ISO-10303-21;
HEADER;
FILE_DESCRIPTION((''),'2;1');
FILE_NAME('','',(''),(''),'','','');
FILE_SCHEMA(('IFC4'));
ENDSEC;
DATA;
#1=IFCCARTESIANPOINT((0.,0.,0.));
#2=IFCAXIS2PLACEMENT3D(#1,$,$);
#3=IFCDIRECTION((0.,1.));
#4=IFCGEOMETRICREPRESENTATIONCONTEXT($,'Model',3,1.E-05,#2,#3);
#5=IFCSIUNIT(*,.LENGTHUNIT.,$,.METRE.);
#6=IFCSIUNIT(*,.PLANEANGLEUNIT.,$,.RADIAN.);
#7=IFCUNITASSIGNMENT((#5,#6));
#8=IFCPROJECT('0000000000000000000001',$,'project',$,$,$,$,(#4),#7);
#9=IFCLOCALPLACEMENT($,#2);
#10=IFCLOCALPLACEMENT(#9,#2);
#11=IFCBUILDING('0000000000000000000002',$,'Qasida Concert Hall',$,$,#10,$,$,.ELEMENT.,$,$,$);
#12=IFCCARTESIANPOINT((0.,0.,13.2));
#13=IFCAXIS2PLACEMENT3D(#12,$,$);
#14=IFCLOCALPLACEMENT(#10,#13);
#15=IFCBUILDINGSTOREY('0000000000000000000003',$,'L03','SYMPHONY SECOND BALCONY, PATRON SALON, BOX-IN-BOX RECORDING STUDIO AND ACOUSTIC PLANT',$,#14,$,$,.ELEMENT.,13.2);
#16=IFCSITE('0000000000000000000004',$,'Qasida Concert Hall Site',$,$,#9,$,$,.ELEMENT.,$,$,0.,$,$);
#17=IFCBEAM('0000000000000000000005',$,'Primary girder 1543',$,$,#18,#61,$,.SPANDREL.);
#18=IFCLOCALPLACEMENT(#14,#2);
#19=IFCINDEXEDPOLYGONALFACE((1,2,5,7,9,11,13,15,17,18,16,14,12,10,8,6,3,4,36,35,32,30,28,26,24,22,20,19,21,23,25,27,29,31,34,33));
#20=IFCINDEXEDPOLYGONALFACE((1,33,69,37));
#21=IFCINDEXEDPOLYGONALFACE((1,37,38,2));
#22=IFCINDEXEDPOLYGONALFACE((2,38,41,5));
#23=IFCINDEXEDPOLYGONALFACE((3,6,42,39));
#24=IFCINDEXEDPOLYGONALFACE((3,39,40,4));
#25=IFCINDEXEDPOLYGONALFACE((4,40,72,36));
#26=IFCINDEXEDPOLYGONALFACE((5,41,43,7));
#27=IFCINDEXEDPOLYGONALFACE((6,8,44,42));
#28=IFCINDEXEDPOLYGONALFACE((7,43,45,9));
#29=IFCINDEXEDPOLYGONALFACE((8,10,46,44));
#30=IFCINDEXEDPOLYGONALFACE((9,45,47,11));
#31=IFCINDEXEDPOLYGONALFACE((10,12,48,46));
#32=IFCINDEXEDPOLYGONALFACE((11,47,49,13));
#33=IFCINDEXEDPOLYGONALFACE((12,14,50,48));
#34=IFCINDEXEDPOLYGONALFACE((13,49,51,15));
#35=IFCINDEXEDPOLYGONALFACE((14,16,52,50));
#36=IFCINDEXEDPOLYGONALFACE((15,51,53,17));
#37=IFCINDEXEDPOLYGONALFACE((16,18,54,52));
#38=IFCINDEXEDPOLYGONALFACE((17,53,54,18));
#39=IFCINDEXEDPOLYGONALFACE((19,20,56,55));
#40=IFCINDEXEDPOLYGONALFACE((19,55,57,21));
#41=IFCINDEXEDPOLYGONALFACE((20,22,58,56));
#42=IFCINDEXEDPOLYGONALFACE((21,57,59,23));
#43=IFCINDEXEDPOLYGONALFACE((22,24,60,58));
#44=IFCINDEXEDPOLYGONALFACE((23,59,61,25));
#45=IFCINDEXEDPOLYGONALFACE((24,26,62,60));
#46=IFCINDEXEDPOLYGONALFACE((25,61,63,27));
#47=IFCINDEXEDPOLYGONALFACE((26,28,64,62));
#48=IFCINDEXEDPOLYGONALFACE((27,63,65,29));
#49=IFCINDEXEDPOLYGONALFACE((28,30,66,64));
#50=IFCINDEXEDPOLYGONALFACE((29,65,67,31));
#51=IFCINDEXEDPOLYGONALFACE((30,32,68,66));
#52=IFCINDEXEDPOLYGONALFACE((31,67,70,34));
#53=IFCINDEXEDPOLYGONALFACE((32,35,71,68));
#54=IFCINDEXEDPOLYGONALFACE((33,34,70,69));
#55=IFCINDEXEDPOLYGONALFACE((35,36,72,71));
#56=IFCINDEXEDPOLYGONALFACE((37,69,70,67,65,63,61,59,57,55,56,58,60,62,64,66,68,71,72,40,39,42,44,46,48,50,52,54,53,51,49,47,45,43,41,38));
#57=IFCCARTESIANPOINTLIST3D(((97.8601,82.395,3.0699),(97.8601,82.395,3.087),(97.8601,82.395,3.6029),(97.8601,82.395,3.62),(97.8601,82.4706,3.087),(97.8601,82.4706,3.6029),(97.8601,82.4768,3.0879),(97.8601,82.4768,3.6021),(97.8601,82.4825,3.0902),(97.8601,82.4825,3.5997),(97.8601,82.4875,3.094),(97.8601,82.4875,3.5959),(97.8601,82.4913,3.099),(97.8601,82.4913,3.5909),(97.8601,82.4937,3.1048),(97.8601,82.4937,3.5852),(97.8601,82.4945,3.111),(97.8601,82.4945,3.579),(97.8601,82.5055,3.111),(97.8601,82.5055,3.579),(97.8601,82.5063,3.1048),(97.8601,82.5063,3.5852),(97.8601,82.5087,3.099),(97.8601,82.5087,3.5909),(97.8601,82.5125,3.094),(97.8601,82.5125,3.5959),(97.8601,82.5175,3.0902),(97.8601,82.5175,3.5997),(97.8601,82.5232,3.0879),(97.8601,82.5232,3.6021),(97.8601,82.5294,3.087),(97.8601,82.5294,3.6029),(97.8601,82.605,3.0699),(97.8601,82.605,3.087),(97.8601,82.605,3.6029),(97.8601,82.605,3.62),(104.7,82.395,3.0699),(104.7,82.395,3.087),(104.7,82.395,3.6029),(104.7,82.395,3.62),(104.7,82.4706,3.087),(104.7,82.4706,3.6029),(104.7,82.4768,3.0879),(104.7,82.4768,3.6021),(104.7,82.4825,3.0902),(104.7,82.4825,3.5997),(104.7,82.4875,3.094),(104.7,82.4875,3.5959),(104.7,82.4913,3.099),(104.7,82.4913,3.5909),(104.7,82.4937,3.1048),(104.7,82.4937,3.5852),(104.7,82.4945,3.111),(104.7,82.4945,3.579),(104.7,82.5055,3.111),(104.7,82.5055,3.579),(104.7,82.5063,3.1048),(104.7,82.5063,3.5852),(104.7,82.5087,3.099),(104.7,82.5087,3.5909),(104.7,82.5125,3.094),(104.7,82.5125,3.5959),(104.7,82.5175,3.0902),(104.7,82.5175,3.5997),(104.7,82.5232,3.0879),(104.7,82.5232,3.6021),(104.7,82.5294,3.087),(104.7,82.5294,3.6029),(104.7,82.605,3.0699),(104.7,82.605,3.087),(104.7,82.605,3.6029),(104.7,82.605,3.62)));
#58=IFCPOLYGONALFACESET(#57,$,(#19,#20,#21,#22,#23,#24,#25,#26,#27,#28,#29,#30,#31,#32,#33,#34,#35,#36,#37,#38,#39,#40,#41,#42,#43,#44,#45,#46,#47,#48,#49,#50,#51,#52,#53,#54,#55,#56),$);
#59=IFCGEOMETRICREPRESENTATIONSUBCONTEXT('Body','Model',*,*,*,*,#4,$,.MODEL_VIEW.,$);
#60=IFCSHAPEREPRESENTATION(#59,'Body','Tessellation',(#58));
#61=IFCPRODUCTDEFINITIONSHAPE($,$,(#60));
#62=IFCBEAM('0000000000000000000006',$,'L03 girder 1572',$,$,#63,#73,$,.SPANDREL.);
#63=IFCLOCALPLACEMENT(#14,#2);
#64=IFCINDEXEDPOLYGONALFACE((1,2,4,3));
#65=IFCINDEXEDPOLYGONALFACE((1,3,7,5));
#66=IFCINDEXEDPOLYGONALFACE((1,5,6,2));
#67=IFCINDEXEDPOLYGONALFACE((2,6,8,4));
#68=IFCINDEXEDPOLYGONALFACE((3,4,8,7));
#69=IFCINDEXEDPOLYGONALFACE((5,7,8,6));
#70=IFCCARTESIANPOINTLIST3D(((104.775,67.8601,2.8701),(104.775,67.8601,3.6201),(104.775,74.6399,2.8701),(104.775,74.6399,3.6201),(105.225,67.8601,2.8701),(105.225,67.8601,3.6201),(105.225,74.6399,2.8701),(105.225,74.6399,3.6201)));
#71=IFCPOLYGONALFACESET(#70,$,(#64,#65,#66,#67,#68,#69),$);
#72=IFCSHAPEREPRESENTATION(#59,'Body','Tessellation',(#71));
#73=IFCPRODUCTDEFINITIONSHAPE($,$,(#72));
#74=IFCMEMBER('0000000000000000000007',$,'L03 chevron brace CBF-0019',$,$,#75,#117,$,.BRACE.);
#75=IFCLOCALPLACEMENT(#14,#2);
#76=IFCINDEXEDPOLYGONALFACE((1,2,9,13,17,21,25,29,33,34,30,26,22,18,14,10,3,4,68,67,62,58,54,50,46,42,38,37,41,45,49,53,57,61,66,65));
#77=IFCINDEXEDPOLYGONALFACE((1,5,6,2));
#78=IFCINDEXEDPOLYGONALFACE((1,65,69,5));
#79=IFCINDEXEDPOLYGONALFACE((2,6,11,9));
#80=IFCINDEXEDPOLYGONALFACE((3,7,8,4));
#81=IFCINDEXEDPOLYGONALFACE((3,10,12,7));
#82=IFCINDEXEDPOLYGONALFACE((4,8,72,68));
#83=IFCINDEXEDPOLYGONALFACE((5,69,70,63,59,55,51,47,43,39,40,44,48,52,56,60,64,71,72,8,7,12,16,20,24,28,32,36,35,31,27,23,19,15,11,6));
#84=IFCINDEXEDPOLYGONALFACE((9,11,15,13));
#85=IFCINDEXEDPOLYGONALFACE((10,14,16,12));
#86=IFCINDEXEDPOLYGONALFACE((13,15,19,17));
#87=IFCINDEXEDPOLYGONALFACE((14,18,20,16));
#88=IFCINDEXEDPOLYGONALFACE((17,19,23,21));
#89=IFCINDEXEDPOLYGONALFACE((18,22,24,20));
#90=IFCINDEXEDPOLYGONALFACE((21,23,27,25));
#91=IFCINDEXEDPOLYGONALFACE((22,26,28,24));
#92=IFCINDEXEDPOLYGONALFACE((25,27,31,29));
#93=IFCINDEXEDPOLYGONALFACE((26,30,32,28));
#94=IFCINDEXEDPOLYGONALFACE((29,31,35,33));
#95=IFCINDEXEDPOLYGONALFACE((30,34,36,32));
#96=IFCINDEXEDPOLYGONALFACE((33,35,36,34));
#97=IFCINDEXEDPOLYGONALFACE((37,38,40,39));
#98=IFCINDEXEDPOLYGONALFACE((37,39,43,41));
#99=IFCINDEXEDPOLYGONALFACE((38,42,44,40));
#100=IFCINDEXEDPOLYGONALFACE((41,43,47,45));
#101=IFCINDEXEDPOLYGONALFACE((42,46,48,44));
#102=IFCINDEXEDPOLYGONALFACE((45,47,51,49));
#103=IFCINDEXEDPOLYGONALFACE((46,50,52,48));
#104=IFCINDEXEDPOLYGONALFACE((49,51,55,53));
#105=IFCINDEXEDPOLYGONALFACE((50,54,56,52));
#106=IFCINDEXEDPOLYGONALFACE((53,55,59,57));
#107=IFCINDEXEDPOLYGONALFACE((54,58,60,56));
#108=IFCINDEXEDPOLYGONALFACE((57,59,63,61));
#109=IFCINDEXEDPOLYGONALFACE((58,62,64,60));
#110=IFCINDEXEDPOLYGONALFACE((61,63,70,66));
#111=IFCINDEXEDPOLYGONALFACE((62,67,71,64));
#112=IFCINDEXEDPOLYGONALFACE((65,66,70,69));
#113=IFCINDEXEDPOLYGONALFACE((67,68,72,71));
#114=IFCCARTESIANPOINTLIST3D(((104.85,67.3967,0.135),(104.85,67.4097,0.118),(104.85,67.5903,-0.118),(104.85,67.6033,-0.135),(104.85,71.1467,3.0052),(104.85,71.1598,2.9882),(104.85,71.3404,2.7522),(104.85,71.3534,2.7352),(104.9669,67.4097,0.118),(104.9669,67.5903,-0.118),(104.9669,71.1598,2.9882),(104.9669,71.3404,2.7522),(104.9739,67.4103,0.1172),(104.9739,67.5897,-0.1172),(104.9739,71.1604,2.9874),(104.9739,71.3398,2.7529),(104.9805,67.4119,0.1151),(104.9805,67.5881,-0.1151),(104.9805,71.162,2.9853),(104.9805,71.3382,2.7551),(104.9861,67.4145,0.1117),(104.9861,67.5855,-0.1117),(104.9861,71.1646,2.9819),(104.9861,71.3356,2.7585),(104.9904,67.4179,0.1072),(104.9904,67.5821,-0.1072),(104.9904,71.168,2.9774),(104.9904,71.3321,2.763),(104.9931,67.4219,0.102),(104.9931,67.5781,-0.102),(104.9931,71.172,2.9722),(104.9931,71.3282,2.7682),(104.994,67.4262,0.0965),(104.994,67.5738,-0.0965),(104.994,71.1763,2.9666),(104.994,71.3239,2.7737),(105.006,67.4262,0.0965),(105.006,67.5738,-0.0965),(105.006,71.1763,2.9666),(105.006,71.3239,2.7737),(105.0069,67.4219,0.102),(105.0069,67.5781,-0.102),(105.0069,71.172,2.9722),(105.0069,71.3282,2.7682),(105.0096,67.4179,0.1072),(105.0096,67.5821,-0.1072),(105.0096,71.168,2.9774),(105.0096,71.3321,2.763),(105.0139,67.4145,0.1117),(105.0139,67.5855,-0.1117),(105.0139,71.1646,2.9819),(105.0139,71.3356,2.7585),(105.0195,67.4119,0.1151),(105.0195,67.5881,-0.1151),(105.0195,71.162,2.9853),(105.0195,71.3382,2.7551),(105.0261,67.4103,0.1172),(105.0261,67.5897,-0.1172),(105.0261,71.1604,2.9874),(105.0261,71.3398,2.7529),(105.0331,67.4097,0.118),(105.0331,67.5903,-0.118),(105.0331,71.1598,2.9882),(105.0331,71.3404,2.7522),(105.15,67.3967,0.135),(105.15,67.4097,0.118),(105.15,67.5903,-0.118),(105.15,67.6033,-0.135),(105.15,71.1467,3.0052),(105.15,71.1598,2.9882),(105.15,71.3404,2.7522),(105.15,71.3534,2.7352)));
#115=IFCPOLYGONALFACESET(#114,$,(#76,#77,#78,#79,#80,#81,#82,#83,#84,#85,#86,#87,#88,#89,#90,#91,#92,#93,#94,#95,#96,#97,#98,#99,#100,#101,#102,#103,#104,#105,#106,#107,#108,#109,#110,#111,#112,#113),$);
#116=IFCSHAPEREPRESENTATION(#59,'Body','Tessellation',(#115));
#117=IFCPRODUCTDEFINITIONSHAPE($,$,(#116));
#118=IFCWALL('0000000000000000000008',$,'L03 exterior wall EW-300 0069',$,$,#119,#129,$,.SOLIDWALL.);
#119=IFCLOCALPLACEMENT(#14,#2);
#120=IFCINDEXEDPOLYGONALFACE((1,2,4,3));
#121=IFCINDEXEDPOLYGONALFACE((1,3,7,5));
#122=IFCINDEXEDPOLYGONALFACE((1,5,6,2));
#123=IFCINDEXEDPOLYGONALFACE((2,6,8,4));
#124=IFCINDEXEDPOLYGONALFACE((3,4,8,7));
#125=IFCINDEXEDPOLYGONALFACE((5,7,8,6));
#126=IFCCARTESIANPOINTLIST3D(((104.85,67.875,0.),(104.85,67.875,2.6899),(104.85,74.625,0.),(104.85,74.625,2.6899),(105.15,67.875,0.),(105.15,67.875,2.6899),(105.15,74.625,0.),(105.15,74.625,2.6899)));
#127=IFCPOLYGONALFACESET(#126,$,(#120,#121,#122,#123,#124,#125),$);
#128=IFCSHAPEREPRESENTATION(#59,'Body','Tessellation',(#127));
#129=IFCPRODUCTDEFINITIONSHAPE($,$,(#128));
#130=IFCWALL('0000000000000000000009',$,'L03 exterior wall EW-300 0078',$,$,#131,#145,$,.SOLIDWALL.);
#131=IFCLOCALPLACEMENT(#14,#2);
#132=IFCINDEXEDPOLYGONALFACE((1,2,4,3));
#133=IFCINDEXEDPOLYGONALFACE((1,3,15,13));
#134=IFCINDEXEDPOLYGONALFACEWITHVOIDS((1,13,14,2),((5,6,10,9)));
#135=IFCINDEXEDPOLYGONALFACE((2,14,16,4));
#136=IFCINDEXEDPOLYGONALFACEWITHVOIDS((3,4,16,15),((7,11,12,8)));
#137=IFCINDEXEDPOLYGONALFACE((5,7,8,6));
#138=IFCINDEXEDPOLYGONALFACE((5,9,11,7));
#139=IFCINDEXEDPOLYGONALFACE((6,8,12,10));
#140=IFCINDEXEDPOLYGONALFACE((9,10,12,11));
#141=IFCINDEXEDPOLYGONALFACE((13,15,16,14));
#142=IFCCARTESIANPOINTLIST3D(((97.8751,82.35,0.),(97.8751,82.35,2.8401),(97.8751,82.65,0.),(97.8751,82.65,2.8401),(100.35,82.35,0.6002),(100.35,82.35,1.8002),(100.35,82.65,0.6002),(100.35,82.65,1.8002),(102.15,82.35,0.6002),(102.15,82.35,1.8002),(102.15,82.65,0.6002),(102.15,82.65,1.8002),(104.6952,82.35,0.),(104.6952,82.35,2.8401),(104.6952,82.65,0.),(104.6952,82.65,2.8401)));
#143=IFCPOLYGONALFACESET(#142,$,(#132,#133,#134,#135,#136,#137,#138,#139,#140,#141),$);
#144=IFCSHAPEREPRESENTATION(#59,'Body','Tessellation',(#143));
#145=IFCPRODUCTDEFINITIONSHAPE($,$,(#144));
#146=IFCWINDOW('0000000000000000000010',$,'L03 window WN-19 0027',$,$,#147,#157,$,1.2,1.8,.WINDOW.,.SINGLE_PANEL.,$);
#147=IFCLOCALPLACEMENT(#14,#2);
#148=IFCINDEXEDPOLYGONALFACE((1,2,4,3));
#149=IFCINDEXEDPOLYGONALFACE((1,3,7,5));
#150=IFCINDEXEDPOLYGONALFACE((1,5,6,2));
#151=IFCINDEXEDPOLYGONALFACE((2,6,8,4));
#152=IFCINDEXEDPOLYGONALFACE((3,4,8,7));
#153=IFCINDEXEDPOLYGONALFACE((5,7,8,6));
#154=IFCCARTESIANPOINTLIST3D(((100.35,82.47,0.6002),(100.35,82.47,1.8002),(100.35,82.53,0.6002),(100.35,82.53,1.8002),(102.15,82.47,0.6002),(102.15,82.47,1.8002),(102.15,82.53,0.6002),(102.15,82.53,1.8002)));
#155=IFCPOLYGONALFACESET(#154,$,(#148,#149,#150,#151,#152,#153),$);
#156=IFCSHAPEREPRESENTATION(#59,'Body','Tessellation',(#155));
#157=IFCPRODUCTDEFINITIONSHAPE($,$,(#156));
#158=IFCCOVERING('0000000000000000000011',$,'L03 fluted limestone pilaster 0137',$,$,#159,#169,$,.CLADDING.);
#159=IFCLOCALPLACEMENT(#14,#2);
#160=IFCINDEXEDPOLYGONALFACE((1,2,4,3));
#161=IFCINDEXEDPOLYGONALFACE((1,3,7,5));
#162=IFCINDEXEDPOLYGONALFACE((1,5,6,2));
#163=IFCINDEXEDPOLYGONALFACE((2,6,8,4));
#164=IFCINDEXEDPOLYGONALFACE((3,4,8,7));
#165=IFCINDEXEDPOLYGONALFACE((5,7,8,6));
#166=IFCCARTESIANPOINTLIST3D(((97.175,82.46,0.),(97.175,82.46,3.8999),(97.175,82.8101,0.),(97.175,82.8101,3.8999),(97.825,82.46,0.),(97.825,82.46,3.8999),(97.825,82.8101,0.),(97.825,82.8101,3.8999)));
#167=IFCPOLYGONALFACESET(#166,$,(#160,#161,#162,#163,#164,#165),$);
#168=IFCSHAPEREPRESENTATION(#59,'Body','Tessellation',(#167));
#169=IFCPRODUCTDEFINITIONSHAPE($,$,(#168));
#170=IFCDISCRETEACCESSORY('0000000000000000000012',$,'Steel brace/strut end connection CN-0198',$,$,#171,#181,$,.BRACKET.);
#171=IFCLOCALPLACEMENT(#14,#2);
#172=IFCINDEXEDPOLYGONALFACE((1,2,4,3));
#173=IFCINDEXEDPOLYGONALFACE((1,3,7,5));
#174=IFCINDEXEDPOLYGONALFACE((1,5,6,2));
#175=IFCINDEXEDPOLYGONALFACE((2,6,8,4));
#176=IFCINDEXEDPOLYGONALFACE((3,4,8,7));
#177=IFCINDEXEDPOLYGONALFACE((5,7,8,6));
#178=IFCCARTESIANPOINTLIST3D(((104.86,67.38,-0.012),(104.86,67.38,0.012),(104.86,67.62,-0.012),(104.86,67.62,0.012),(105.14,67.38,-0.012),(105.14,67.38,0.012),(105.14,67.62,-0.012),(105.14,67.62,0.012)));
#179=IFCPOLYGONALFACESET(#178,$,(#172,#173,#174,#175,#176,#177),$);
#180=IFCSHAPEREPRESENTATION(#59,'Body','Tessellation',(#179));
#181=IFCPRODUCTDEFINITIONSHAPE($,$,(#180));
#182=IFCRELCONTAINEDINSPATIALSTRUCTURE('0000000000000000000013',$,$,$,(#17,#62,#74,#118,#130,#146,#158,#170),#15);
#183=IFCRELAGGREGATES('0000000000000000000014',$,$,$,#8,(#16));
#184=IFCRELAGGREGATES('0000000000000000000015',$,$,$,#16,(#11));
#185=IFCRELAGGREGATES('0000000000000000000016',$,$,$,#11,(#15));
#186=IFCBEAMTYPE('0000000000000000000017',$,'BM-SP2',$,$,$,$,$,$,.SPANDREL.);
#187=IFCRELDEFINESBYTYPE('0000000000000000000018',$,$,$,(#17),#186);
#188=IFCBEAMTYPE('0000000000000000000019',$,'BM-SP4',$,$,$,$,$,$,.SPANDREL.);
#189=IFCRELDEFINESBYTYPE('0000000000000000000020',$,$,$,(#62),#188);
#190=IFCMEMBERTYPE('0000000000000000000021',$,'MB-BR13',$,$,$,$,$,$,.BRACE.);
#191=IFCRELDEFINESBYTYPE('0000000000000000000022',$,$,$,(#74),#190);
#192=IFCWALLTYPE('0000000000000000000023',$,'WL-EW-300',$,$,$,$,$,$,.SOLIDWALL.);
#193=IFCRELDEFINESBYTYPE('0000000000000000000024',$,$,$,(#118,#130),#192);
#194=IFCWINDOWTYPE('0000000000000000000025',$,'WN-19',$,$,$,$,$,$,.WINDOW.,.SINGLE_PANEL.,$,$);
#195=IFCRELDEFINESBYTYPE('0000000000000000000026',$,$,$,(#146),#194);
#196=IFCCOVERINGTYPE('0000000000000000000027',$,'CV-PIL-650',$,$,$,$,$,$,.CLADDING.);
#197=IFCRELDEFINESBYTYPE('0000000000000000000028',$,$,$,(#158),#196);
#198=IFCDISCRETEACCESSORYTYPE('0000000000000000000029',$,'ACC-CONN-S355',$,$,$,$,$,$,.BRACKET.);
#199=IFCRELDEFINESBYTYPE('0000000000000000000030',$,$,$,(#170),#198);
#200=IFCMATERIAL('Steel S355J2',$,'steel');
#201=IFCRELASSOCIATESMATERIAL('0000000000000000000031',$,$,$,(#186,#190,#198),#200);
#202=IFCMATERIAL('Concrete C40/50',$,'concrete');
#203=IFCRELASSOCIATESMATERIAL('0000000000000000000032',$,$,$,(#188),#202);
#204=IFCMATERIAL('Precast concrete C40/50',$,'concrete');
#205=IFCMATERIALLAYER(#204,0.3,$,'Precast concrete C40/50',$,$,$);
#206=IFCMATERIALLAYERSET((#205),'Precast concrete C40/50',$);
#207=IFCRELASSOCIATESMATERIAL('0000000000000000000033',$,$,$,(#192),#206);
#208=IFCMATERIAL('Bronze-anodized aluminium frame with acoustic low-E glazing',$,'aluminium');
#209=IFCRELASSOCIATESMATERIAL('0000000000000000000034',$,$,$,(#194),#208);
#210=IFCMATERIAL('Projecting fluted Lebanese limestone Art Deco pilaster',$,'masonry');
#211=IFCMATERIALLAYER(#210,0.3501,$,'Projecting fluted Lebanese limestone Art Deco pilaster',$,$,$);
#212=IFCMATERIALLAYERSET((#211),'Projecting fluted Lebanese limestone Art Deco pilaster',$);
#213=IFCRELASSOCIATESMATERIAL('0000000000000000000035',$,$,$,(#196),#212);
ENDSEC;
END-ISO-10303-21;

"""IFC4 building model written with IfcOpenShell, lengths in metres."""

from ifc_helpers import new_model, si_unit, direction, frame, frame_2d, origin, origin_2d, place, context, subcontext, project, spatial, rectangle, i_section, extrude, material, layer, layer_set, material_profile, profile_set, type_object, element, fill, save


model = new_model("IFC4")

# Units and contexts
model_context = context("Model", 3, precision=1e-05, world=origin(), true_north=direction((0.0, 1.0)))
body_context = subcontext(model_context, "Body", "Model", "MODEL_VIEW")
ifc_project = project(units=[si_unit("LENGTHUNIT", "METRE"), si_unit("PLANEANGLEUNIT", "RADIAN")], contexts=[model_context])

# Site, building, storey
site_placement = place(None, origin())
site = spatial("IfcSite", under=ifc_project, at=site_placement, Name="Qasida Concert Hall Site", CompositionType="ELEMENT", RefElevation=0.0)
building_placement = place(site_placement, origin())
building = spatial("IfcBuilding", under=site, at=building_placement, Name="Qasida Concert Hall", CompositionType="ELEMENT")
storey_placement = place(building_placement, frame((0.0, 0.0, 13.2)))
storey = spatial("IfcBuildingStorey", under=building, at=storey_placement, Name="L03", Description="SYMPHONY SECOND BALCONY, PATRON SALON, BOX-IN-BOX RECORDING STUDIO AND ACOUSTIC PLANT", CompositionType="ELEMENT", Elevation=13.2)

# Beams
ifc_material_1 = material(Name="Concrete C40/50", Category="concrete")
ifc_material_2 = material(Name="Steel S355J2", Category="steel")
ifc_material_profile_1 = material_profile(ifc_material_2, i_section(OverallWidth=0.21, OverallDepth=0.55, WebThickness=0.011, FlangeThickness=0.0171, FilletRadius=0.0239, at=origin_2d()), Name="IPE 550")
ifc_profile_set_1 = profile_set([ifc_material_profile_1], Name="Steel S355J2")
beam_type_1 = type_object("IfcBeamType", Name="BM-SP2", PredefinedType="SPANDREL", material=ifc_profile_set_1)
beam_1_placement = place(storey_placement, frame((97.8601, 82.5, 3.345), z_axis=(1.0, 0.0, 0.0), x_axis=(0.0, 1.0, 0.0)))
element("IfcBeam", 1, at=beam_1_placement, inside=storey, type_object=beam_type_1, Name="Primary girder 1543", PredefinedType="SPANDREL", context=body_context, shape_type="SweptSolid", body=[
    extrude(i_section(OverallWidth=0.21, OverallDepth=0.55, WebThickness=0.011, FlangeThickness=0.0171, FilletRadius=0.0239, at=origin_2d()), origin(), (0.0, 0.0, 1.0), 6.8398),
])
ifc_material_profile_2 = material_profile(ifc_material_1, rectangle(XDim=0.45, YDim=0.75, at=origin_2d()), Name="RC 450x750")
ifc_profile_set_2 = profile_set([ifc_material_profile_2], Name="Concrete C40/50")
beam_type_2 = type_object("IfcBeamType", Name="BM-SP4", PredefinedType="SPANDREL", material=ifc_profile_set_2)
beam_2_placement = place(storey_placement, frame((105.0, 67.8601, 3.2451), z_axis=(0.0, 1.0, 0.0), x_axis=(-1.0, 0.0, 0.0)))
element("IfcBeam", 2, at=beam_2_placement, inside=storey, type_object=beam_type_2, Name="L03 girder 1572", PredefinedType="SPANDREL", context=body_context, shape_type="SweptSolid", body=[
    extrude(rectangle(XDim=0.45, YDim=0.75, at=origin_2d()), origin(), (0.0, 0.0, 1.0), 6.7798),
])

# Member
ifc_material_profile_3 = material_profile(ifc_material_2, i_section(OverallWidth=0.3, OverallDepth=0.3401, WebThickness=0.012, FlangeThickness=0.0215, FilletRadius=0.0271, at=origin_2d()), Name="HEB 340")
ifc_profile_set_3 = profile_set([ifc_material_profile_3], Name="Steel S355J2")
member_type = type_object("IfcMemberType", Name="MB-BR13", PredefinedType="BRACE", material=ifc_profile_set_3)
member_placement = place(storey_placement, frame((105.0, 67.5, 0.0), z_axis=(0.0, 0.794105, 0.60778), x_axis=(-1.0, 0.0, 0.0)))
element("IfcMember", 3, at=member_placement, inside=storey, type_object=member_type, Name="L03 chevron brace CBF-0019", PredefinedType="BRACE", context=body_context, shape_type="SweptSolid", body=[
    extrude(i_section(OverallWidth=0.3, OverallDepth=0.3401, WebThickness=0.012, FlangeThickness=0.0215, FilletRadius=0.0271, at=origin_2d()), origin(), (0.0, 0.0, 1.0), 4.7224),
])

# Wall
ifc_material_3 = material(Name="Precast concrete C40/50", Category="concrete")
ifc_layer_1 = layer(ifc_material_3, 0.3, Name="Precast concrete C40/50")
ifc_layer_set_1 = layer_set([ifc_layer_1], Name="Precast concrete C40/50")
wall_type_1 = type_object("IfcWallType", Name="WL-EW-300", PredefinedType="SOLIDWALL", material=ifc_layer_set_1)
wall_1_placement = place(storey_placement, frame((105.0, 67.875, 0.0), z_axis=(0.0, 0.0, 1.0), x_axis=(0.0, 1.0, 0.0)))
element("IfcWall", 4, at=wall_1_placement, inside=storey, type_object=wall_type_1, Name="L03 exterior wall EW-300 0069", PredefinedType="SOLIDWALL", context=body_context, shape_type="SweptSolid", body=[
    extrude(rectangle(XDim=6.75, YDim=0.3, at=frame_2d((3.375, 0.0))), origin(), (0.0, 0.0, 1.0), 2.6899),
])

# Wall, opening, window
wall_2_placement = place(storey_placement, frame((97.875, 82.5, 0.0), z_axis=(0.0, 0.0, 1.0), x_axis=(1.0, 0.0, 0.0)))
wall_2 = element("IfcWall", 5, at=wall_2_placement, inside=storey, type_object=wall_type_1, Name="L03 exterior wall EW-300 0078", PredefinedType="SOLIDWALL", context=body_context, shape_type="SweptSolid", body=[
    extrude(rectangle(XDim=6.8201, YDim=0.3, at=frame_2d((3.4102, 0.0))), origin(), (0.0, 0.0, 1.0), 2.8401),
])
opening_1_placement = place(wall_2_placement, frame((2.4751, 0.0, 0.6001)))
opening_1 = element("IfcOpeningElement", 6, at=opening_1_placement, cuts=wall_2, PredefinedType="OPENING", context=body_context, shape_type="SweptSolid", body=[
    extrude(rectangle(XDim=1.8, YDim=1.2, at=frame_2d((0.8999, 0.6001))), frame((0.0, 0.1599, 0.0), z_axis=(0.0, -1.0, 0.0), x_axis=(1.0, 0.0, 0.0)), (0.0, 0.0, 1.0), 0.3201),
])
ifc_material_4 = material(Name="Bronze-anodized aluminium frame with acoustic low-E glazing", Category="aluminium")
window_type = type_object("IfcWindowType", Name="WN-19", PartitioningType="SINGLE_PANEL", PredefinedType="WINDOW", material=ifc_material_4)
window_placement = place(opening_1_placement, origin())
window = element("IfcWindow", 7, at=window_placement, inside=storey, type_object=window_type, Name="L03 window WN-19 0027", OverallHeight=1.2, OverallWidth=1.8, PartitioningType="SINGLE_PANEL", PredefinedType="WINDOW", context=body_context, shape_type="SweptSolid", body=[
    extrude(rectangle(XDim=1.8, YDim=1.2, at=frame_2d((0.8999, 0.6001))), frame((0.0, 0.03, 0.0), z_axis=(0.0, -1.0, 0.0), x_axis=(1.0, 0.0, 0.0)), (0.0, 0.0, 1.0), 0.0601),
])
fill(opening_1, window)

# Covering
ifc_material_5 = material(Name="Projecting fluted Lebanese limestone Art Deco pilaster", Category="masonry")
ifc_layer_2 = layer(ifc_material_5, 0.3501, Name="Projecting fluted Lebanese limestone Art Deco pilaster")
ifc_layer_set_2 = layer_set([ifc_layer_2], Name="Projecting fluted Lebanese limestone Art Deco pilaster")
covering_type = type_object("IfcCoveringType", Name="CV-PIL-650", PredefinedType="CLADDING", material=ifc_layer_set_2)
covering_placement = place(storey_placement, frame((97.5, 82.635, 0.0), z_axis=(0.0, 0.0, 1.0), x_axis=(1.0, 0.0, 0.0)))
element("IfcCovering", 8, at=covering_placement, inside=storey, type_object=covering_type, Name="L03 fluted limestone pilaster 0137", PredefinedType="CLADDING", context=body_context, shape_type="SweptSolid", body=[
    extrude(rectangle(XDim=0.6499, YDim=0.3501, at=origin_2d()), origin(), (0.0, 0.0, 1.0), 3.8999),
])

# Discrete accessory
discrete_accessory_type = type_object("IfcDiscreteAccessoryType", Name="ACC-CONN-S355", PredefinedType="BRACKET", material=ifc_material_2)
discrete_accessory_placement = place(storey_placement, frame((105.0, 67.5, -0.012), z_axis=(0.0, 0.0, 1.0), x_axis=(1.0, 0.0, 0.0)))
element("IfcDiscreteAccessory", 9, at=discrete_accessory_placement, inside=storey, type_object=discrete_accessory_type, Name="Steel brace/strut end connection CN-0198", PredefinedType="BRACKET", context=body_context, shape_type="SweptSolid", body=[
    extrude(rectangle(XDim=0.28, YDim=0.24, at=origin_2d()), origin(), (0.0, 0.0, 1.0), 0.0239),
])

save(model, "model.ifc")
